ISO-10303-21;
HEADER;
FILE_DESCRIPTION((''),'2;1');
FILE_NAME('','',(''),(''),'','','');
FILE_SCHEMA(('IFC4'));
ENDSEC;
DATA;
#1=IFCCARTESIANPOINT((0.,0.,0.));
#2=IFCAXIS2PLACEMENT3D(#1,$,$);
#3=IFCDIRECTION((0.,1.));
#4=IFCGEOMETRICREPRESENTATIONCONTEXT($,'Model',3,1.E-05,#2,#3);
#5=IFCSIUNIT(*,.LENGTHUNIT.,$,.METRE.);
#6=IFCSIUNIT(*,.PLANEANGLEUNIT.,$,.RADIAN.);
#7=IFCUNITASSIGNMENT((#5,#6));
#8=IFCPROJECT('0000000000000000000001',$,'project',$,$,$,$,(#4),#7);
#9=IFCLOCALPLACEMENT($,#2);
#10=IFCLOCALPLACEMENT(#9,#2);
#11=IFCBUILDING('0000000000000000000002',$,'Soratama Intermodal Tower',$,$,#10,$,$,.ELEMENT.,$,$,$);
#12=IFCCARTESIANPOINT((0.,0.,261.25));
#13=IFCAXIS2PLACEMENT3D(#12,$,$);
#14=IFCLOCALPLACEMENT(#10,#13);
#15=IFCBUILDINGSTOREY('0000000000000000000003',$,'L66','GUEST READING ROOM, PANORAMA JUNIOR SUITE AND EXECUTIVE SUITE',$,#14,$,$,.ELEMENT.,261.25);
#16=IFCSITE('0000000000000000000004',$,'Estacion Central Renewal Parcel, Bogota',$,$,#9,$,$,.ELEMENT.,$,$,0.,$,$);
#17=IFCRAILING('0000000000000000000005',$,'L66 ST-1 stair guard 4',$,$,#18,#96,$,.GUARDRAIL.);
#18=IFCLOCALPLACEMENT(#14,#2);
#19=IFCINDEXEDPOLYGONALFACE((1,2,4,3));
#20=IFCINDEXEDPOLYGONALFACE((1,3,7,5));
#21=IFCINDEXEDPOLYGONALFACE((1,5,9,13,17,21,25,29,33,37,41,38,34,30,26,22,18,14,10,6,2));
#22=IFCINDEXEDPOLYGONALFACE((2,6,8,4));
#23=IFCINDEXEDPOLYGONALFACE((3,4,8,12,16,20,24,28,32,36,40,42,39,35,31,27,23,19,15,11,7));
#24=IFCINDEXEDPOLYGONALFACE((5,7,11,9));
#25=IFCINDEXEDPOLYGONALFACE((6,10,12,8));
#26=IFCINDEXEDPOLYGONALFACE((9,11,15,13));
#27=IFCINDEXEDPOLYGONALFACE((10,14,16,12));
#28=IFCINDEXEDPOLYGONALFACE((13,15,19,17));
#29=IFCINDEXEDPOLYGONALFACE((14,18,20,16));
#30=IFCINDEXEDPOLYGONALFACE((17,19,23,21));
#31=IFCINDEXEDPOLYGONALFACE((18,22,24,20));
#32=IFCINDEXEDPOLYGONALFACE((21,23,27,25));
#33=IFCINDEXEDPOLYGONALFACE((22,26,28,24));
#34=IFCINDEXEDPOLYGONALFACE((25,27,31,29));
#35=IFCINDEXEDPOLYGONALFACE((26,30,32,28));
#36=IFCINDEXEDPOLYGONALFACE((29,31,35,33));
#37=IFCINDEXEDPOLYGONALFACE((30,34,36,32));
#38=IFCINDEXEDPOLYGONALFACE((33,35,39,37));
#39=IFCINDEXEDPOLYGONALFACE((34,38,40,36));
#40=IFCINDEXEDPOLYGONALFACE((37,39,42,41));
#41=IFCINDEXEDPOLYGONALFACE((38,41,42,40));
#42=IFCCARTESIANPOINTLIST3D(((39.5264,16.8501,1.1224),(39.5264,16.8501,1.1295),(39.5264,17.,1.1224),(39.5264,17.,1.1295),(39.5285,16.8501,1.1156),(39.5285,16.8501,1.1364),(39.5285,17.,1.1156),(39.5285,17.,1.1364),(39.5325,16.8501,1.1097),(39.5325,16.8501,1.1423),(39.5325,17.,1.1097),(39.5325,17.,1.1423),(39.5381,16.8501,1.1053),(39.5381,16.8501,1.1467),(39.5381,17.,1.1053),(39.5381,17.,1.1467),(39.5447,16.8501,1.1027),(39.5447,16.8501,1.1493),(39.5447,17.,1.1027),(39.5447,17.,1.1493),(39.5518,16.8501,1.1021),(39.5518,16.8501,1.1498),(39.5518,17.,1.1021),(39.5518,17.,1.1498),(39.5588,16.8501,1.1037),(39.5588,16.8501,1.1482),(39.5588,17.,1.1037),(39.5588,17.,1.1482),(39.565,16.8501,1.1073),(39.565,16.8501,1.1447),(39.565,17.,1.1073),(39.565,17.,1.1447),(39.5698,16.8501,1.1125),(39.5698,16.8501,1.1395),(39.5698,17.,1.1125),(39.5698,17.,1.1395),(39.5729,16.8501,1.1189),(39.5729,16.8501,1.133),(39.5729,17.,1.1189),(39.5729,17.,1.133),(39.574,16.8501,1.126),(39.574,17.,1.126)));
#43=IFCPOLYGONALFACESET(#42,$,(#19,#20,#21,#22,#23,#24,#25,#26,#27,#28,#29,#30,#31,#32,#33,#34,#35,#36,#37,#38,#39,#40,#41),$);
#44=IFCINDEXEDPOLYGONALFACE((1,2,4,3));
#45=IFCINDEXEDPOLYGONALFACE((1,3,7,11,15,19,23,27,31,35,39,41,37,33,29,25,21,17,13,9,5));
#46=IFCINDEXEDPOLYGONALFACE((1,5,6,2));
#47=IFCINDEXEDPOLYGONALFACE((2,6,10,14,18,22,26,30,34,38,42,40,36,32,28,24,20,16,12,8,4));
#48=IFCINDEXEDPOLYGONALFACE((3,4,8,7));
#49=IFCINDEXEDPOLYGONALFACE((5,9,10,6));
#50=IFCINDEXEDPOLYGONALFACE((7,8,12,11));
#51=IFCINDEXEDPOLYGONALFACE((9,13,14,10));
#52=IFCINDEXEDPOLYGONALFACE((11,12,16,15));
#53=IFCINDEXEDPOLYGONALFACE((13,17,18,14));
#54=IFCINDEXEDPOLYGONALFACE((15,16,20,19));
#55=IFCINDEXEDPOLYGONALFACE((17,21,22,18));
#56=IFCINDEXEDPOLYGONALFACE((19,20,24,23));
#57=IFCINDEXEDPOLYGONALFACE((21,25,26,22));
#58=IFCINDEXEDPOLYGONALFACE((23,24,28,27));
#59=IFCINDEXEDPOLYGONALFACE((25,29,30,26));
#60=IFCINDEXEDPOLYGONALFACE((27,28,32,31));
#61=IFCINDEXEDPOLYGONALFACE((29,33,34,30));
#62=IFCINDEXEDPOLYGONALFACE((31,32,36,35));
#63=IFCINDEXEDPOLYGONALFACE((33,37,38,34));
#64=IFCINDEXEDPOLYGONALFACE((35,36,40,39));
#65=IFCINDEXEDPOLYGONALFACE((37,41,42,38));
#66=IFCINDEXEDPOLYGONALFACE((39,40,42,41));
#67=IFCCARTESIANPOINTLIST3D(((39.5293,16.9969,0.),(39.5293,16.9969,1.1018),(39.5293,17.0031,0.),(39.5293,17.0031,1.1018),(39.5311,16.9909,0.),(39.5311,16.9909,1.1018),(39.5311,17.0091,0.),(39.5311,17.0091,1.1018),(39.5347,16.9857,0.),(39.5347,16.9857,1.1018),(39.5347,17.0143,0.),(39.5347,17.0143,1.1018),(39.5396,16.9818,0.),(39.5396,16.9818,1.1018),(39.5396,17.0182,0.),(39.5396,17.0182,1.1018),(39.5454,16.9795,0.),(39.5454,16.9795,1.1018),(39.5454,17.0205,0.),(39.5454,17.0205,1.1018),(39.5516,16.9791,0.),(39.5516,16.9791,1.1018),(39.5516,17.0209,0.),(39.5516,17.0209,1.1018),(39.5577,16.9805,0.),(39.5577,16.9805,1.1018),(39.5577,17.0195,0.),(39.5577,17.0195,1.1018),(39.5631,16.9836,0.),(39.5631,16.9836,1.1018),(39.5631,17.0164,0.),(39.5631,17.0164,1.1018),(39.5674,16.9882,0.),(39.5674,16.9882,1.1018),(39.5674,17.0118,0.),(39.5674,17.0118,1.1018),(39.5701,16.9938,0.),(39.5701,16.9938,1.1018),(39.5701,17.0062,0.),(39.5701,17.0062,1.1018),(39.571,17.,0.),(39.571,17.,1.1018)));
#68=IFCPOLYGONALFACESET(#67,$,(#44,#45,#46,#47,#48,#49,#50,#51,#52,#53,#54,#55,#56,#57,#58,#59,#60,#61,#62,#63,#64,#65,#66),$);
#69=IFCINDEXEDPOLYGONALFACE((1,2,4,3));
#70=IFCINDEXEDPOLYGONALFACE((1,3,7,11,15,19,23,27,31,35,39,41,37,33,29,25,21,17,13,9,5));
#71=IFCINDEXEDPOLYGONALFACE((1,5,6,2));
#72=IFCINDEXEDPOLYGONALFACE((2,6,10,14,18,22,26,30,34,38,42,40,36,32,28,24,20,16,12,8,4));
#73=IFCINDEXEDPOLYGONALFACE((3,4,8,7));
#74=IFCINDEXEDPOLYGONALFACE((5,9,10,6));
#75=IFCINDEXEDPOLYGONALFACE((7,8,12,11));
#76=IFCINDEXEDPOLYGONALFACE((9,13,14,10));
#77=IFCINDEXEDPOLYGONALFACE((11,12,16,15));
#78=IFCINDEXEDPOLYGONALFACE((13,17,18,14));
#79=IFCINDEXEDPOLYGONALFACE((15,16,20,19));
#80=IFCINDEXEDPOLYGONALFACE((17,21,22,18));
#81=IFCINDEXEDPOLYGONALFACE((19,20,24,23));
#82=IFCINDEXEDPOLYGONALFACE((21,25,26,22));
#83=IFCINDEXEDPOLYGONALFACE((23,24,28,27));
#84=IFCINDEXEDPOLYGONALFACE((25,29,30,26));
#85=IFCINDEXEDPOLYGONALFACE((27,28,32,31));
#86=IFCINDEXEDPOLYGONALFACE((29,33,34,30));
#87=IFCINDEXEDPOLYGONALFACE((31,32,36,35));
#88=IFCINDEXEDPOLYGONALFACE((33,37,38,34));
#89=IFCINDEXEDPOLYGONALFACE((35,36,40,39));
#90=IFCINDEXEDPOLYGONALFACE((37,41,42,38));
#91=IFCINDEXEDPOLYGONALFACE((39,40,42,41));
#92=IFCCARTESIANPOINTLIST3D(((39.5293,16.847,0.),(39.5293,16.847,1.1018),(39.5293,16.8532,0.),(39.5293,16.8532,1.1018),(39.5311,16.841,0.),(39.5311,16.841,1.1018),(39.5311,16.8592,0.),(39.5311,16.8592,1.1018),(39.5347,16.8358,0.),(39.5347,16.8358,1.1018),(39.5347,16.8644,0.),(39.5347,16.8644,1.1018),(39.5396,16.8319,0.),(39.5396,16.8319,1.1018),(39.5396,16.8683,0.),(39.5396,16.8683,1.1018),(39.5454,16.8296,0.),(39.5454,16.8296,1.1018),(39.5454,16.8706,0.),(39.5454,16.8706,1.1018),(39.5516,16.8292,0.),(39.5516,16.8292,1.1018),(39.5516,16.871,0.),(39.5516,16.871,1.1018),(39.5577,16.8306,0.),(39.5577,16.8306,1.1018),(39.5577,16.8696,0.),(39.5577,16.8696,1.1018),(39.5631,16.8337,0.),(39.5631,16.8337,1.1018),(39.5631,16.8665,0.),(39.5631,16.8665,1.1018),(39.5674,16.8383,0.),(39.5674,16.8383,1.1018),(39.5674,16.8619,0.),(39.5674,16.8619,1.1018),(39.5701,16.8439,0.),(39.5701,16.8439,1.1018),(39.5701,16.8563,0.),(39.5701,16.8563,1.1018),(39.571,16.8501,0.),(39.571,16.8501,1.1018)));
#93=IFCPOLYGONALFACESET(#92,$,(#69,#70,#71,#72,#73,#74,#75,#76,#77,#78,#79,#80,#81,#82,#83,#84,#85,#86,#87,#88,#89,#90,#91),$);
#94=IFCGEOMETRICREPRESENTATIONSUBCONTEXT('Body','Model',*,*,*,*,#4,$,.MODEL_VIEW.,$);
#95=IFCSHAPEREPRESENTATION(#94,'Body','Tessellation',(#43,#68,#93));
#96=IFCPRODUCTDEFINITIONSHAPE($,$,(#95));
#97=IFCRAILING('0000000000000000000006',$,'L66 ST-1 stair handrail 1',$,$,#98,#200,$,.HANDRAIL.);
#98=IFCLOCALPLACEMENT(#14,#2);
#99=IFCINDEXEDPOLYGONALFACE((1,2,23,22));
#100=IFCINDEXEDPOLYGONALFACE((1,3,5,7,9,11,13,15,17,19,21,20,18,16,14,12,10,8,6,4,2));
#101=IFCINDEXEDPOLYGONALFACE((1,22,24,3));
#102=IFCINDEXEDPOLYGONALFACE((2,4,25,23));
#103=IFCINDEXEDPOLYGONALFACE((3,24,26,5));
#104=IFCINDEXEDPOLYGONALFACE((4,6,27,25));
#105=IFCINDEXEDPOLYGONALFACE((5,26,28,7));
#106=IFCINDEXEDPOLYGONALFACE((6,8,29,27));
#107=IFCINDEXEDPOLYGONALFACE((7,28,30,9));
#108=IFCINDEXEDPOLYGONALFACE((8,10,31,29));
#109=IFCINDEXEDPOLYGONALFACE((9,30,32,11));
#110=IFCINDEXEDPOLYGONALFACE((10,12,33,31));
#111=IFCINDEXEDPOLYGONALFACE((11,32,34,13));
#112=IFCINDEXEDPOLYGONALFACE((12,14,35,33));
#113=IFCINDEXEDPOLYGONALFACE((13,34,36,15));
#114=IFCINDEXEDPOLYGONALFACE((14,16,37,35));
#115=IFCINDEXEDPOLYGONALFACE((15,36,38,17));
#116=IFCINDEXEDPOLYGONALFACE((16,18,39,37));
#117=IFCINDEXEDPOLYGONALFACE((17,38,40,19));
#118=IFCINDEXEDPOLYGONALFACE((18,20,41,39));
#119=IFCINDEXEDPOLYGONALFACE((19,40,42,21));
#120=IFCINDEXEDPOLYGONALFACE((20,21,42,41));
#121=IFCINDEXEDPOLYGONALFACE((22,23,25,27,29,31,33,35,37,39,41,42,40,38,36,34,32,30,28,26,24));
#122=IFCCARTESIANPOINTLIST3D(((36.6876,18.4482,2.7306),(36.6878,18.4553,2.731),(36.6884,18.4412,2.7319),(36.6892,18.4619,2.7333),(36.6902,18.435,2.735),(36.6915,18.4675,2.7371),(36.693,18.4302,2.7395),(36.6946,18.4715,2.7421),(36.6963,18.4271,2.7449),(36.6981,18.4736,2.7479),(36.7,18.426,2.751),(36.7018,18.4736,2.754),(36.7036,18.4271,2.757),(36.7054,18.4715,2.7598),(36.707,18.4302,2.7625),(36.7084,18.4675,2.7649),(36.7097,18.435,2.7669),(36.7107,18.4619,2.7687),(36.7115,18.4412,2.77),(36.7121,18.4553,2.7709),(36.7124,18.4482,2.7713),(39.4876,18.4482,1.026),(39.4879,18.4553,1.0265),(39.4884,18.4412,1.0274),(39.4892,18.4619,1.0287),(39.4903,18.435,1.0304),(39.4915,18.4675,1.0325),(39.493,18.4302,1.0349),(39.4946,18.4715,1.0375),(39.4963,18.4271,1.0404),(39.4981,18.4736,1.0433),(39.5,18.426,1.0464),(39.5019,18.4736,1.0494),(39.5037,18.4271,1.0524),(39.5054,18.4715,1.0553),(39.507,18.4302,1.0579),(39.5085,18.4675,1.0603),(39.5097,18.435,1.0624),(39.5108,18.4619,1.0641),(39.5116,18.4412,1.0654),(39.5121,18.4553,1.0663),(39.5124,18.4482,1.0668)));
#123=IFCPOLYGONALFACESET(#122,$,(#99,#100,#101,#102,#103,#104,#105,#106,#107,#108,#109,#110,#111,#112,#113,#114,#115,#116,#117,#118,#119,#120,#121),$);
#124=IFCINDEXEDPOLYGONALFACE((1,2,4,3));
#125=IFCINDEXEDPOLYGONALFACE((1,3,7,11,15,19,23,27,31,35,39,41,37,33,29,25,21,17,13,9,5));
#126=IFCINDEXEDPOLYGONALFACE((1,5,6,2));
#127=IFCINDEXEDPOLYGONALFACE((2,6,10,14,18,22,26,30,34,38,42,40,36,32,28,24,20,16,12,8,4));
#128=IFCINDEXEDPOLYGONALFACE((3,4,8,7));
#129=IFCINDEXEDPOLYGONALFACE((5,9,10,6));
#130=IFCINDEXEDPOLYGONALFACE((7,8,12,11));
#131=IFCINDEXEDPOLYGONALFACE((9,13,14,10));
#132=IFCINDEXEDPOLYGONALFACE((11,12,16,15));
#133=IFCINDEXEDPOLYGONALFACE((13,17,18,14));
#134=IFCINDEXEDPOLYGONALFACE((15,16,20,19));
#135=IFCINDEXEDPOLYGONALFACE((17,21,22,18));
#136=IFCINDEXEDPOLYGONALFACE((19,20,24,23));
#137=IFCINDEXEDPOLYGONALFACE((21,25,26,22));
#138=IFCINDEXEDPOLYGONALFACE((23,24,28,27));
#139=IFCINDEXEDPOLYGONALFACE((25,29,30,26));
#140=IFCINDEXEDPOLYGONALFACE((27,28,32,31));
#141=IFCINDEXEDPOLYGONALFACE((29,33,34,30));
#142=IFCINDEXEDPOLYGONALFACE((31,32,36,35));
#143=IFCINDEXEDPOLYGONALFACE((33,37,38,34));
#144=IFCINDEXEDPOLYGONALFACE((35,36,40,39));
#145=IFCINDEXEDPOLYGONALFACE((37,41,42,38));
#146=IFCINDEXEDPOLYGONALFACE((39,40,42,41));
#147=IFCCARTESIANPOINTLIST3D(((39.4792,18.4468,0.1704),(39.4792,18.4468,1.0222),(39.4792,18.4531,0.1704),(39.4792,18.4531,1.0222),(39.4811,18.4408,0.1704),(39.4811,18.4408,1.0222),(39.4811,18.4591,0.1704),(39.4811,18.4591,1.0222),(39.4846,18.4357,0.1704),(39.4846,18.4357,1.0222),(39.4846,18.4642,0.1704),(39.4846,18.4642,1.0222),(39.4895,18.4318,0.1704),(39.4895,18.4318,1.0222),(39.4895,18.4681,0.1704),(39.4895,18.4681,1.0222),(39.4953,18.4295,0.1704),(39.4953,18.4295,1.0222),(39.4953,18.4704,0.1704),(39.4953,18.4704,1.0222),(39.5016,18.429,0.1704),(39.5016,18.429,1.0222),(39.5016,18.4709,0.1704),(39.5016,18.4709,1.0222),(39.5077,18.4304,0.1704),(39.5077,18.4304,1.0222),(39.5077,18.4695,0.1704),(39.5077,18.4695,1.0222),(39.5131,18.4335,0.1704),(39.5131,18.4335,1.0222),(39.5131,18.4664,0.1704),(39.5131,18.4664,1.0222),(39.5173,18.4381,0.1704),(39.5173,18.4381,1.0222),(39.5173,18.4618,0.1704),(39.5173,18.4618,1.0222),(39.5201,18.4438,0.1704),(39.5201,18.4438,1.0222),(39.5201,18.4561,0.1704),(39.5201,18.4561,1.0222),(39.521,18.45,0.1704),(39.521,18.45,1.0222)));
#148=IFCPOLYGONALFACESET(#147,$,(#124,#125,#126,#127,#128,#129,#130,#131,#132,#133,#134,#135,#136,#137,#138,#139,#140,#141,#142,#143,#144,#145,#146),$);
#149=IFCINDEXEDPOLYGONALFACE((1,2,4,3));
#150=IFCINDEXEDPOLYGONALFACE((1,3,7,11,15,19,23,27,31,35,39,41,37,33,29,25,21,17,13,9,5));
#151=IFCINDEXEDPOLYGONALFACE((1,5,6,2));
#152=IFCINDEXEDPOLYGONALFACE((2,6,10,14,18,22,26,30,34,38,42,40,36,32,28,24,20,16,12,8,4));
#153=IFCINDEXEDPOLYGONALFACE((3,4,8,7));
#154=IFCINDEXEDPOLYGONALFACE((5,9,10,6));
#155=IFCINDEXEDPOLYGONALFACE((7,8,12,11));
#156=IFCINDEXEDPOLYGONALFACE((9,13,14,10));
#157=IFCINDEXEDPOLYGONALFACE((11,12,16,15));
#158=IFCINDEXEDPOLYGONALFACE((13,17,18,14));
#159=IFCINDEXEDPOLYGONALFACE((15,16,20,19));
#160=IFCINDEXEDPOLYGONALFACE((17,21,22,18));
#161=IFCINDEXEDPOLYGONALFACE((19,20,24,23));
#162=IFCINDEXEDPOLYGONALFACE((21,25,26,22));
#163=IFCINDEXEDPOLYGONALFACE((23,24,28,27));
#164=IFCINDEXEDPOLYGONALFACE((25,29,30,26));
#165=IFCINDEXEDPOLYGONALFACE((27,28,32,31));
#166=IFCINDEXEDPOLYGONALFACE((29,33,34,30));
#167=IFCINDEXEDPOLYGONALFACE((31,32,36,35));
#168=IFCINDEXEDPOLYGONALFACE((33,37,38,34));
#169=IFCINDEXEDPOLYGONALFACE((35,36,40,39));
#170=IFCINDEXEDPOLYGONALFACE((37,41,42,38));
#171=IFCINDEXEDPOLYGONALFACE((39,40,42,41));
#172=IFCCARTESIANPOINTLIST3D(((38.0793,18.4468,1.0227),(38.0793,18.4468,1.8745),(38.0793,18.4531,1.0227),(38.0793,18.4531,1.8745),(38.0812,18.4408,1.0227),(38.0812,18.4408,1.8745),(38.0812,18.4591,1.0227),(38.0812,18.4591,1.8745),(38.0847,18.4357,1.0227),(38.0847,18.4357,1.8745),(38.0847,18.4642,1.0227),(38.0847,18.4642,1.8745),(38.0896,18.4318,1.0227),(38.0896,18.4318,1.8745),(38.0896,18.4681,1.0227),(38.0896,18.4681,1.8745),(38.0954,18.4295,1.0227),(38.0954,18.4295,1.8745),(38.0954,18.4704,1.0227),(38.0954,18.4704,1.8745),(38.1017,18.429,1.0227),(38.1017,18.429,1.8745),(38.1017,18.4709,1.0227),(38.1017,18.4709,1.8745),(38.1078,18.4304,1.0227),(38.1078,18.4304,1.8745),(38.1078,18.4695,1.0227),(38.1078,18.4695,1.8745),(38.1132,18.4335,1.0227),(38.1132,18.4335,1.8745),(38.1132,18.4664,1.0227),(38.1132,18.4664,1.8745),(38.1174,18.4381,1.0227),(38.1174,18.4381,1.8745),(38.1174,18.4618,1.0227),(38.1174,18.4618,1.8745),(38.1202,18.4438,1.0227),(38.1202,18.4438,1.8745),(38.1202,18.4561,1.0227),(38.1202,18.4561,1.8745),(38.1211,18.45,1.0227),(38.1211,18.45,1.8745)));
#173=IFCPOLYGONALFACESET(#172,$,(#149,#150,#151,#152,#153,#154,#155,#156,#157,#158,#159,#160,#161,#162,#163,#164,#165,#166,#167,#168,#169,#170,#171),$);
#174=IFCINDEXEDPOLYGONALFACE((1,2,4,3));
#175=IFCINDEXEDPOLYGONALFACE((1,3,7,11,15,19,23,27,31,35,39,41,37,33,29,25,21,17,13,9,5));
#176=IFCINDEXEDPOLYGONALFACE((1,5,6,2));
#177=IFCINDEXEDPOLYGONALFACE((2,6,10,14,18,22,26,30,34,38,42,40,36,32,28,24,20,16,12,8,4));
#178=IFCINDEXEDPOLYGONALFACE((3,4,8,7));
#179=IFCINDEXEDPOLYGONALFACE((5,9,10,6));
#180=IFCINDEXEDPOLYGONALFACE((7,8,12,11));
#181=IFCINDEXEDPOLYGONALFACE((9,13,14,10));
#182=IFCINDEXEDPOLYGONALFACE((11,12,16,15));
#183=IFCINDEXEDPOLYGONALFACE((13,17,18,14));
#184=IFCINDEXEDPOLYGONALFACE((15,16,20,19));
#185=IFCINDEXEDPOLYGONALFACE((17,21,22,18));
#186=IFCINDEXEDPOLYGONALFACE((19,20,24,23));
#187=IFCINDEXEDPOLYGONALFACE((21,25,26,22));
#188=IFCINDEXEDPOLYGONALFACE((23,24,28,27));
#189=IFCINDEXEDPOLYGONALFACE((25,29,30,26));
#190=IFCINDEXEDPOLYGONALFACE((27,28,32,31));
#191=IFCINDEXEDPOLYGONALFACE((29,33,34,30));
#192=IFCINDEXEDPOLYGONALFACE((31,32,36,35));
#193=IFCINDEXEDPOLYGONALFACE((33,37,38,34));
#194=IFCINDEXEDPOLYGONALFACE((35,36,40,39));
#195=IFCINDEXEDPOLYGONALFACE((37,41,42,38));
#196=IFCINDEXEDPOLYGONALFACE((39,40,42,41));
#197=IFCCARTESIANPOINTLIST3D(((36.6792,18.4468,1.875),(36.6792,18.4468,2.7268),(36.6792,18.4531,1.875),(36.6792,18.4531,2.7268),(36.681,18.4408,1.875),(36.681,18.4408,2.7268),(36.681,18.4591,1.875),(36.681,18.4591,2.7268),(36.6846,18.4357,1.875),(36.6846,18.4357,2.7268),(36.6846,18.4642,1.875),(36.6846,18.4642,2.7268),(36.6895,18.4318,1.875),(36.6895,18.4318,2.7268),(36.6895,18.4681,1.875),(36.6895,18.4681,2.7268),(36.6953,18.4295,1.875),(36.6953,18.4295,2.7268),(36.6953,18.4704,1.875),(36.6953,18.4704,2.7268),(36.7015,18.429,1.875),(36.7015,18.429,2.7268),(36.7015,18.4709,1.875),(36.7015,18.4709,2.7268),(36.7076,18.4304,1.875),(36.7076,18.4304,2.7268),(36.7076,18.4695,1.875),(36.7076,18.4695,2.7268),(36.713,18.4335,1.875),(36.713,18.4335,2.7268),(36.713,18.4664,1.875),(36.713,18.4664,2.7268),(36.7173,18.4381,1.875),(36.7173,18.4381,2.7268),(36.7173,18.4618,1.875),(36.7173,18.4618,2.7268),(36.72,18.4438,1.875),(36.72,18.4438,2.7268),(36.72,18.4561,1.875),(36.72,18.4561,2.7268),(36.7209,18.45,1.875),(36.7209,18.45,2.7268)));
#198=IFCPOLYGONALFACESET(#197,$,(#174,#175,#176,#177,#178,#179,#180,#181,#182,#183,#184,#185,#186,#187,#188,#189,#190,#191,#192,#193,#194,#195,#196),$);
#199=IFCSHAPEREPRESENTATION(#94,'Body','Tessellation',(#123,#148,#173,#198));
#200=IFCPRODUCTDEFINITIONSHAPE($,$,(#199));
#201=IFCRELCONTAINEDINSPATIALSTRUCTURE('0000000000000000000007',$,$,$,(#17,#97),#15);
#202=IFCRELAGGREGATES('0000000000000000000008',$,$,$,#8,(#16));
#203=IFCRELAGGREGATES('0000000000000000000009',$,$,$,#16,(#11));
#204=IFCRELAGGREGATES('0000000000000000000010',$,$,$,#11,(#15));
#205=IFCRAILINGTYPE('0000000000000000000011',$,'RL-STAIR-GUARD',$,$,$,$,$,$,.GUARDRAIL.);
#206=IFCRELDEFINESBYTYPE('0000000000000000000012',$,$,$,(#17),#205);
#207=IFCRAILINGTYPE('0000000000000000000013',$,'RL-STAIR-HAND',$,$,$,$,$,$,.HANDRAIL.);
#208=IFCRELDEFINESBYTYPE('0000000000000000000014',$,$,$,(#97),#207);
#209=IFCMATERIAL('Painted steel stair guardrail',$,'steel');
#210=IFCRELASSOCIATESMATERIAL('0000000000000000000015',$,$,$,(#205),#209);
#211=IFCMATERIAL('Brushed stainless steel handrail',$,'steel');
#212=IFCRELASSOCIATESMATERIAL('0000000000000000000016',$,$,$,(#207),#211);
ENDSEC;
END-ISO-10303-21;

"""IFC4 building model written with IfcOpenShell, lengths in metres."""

from ifc_helpers import new_model, si_unit, direction, frame, origin, origin_2d, place, context, subcontext, project, spatial, circle, extrude, material, type_object, element, save


model = new_model("IFC4")

# Units and contexts
model_context = context("Model", 3, precision=1e-05, world=origin(), true_north=direction((0.0, 1.0)))
body_context = subcontext(model_context, "Body", "Model", "MODEL_VIEW")
ifc_project = project(units=[si_unit("LENGTHUNIT", "METRE"), si_unit("PLANEANGLEUNIT", "RADIAN")], contexts=[model_context])

# Site, building, storey
site_placement = place(None, origin())
site = spatial("IfcSite", under=ifc_project, at=site_placement, Name="Estacion Central Renewal Parcel, Bogota", CompositionType="ELEMENT", RefElevation=0.0)
building_placement = place(site_placement, origin())
building = spatial("IfcBuilding", under=site, at=building_placement, Name="Soratama Intermodal Tower", CompositionType="ELEMENT")
storey_placement = place(building_placement, frame((0.0, 0.0, 261.25)))
storey = spatial("IfcBuildingStorey", under=building, at=storey_placement, Name="L66", Description="GUEST READING ROOM, PANORAMA JUNIOR SUITE AND EXECUTIVE SUITE", CompositionType="ELEMENT", Elevation=261.25)

# Railings
ifc_material_1 = material(Name="Painted steel stair guardrail", Category="steel")
railing_type_1 = type_object("IfcRailingType", Name="RL-STAIR-GUARD", PredefinedType="GUARDRAIL", material=ifc_material_1)
railing_1_placement = place(storey_placement, frame((39.55, 17.0, 0.0)))
element("IfcRailing", 1, at=railing_1_placement, inside=storey, type_object=railing_type_1, Name="L66 ST-1 stair guard 4", PredefinedType="GUARDRAIL", context=body_context, shape_type="SweptSolid", body=[
    extrude(circle(Radius=0.0239, at=origin_2d()), frame((0.0, 0.0, 1.126), z_axis=(0.0, -1.0, 0.0), x_axis=(1.0, 0.0, 0.0)), (0.0, 0.0, 1.0), 0.1499),
    extrude(circle(Radius=0.021, at=origin_2d()), origin(), (0.0, 0.0, 1.0), 1.1018),
    extrude(circle(Radius=0.021, at=origin_2d()), frame((0.0, -0.1499, 0.0)), (0.0, 0.0, 1.0), 1.1018),
])
ifc_material_2 = material(Name="Brushed stainless steel handrail", Category="steel")
railing_type_2 = type_object("IfcRailingType", Name="RL-STAIR-HAND", PredefinedType="HANDRAIL", material=ifc_material_2)
railing_2_placement = place(storey_placement, frame((39.5, 18.45, 0.1704)))
element("IfcRailing", 2, at=railing_2_placement, inside=storey, type_object=railing_type_2, Name="L66 ST-1 stair handrail 1", PredefinedType="HANDRAIL", context=body_context, shape_type="SweptSolid", body=[
    extrude(circle(Radius=0.0239, at=origin_2d()), frame((0.0, 0.0, 0.876), z_axis=(-0.85417, 0.0, 0.519994), x_axis=(0.0, -1.0, 0.0)), (0.0, 0.0, 1.0), 3.2781),
    extrude(circle(Radius=0.021, at=origin_2d()), origin(), (0.0, 0.0, 1.0), 0.8518),
    extrude(circle(Radius=0.021, at=origin_2d()), frame((-1.3999, 0.0, 0.8523)), (0.0, 0.0, 1.0), 0.8518),
    extrude(circle(Radius=0.021, at=origin_2d()), frame((-2.8, 0.0, 1.7046)), (0.0, 0.0, 1.0), 0.8518),
])

save(model, "model.ifc")
